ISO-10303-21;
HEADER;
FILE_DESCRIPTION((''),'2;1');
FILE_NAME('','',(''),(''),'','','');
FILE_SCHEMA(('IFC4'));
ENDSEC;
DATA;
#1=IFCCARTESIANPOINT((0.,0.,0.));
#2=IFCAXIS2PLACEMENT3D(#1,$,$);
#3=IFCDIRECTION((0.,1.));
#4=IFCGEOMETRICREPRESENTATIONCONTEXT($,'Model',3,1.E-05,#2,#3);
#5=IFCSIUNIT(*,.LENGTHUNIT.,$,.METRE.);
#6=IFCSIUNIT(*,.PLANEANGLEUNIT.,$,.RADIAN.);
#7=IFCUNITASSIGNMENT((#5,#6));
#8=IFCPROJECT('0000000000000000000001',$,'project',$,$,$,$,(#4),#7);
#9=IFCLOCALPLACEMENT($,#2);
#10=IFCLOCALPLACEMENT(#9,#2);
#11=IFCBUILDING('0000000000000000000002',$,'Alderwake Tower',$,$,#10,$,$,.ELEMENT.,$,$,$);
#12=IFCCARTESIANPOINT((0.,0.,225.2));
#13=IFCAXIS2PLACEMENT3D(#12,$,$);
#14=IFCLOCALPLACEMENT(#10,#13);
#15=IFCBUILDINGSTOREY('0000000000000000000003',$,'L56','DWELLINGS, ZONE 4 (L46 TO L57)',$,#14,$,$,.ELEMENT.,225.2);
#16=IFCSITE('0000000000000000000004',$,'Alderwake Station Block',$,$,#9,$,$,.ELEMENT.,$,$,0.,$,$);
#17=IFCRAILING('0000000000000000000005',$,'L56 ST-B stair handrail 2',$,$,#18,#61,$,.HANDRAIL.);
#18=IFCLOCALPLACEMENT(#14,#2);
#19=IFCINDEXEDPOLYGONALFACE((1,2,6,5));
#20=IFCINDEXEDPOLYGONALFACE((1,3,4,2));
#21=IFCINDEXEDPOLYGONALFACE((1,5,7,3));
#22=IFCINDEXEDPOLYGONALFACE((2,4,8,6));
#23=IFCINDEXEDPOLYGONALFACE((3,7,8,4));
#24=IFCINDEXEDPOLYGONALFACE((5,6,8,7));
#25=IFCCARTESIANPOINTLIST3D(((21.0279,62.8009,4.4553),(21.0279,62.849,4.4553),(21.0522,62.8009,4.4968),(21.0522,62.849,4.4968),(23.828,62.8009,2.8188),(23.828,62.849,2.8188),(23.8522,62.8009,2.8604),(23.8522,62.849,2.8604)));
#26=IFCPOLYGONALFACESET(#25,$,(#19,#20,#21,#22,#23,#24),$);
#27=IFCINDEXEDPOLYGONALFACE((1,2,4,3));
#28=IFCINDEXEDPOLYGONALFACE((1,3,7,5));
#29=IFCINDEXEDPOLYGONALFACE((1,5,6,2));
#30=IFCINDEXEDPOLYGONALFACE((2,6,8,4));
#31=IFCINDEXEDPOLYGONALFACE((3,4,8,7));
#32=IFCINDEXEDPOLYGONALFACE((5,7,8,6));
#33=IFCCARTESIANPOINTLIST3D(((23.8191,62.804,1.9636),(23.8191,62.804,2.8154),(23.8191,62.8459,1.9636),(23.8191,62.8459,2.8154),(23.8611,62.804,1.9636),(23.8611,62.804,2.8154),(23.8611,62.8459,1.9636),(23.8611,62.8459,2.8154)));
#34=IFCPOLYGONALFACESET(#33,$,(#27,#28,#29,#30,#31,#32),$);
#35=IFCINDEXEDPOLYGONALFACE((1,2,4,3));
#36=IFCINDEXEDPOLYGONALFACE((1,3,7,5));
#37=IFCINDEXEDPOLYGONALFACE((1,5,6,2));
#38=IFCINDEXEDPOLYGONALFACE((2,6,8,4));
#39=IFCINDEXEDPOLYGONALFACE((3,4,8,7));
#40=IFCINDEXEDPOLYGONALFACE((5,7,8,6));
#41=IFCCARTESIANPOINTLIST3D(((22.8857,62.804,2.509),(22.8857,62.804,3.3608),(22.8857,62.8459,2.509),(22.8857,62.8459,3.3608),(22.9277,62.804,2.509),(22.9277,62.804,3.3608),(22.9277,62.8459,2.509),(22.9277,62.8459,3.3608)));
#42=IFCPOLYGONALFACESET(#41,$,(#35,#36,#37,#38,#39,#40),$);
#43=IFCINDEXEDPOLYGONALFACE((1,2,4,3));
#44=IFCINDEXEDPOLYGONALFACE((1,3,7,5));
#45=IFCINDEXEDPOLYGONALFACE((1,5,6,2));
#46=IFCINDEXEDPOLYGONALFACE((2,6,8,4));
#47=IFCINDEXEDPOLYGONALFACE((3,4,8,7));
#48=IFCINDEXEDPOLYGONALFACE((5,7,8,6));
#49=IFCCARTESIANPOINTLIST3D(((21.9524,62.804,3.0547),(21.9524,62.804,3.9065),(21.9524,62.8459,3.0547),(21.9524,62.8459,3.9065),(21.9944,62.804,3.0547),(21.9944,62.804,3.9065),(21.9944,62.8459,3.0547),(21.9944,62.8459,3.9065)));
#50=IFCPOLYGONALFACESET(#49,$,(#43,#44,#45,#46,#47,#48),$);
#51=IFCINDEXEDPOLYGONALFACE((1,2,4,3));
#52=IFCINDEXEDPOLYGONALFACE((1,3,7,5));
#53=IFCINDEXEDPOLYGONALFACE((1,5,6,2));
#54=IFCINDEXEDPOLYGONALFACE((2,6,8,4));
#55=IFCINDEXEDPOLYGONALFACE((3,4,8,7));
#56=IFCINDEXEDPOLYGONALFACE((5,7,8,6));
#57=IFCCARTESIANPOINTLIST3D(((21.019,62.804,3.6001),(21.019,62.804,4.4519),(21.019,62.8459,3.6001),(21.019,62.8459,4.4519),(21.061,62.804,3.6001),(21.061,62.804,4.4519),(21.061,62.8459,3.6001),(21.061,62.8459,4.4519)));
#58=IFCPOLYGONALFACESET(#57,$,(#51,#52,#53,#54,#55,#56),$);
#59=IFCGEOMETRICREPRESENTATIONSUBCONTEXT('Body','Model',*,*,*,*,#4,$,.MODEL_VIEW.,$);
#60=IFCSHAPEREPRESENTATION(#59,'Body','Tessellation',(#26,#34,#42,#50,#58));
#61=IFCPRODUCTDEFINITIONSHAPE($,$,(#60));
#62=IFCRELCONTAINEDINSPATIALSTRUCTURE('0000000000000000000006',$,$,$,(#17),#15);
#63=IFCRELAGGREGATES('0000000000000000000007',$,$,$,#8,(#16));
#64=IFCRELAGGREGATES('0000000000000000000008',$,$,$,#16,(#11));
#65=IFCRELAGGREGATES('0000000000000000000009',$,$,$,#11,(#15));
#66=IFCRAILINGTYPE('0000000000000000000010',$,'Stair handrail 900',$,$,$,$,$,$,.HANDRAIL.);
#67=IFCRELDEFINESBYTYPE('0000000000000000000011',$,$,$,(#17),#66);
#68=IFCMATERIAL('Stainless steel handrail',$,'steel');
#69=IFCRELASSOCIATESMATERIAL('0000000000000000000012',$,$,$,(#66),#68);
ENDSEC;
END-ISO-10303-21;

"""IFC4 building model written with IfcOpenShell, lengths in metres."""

from ifc_helpers import new_model, si_unit, direction, frame, origin, origin_2d, place, context, subcontext, project, spatial, rectangle, extrude, material, type_object, element, save


model = new_model("IFC4")

# Units and contexts
model_context = context("Model", 3, precision=1e-05, world=origin(), true_north=direction((0.0, 1.0)))
body_context = subcontext(model_context, "Body", "Model", "MODEL_VIEW")
ifc_project = project(units=[si_unit("LENGTHUNIT", "METRE"), si_unit("PLANEANGLEUNIT", "RADIAN")], contexts=[model_context])

# Site, building, storey
site_placement = place(None, origin())
site = spatial("IfcSite", under=ifc_project, at=site_placement, Name="Alderwake Station Block", CompositionType="ELEMENT", RefElevation=0.0)
building_placement = place(site_placement, origin())
building = spatial("IfcBuilding", under=site, at=building_placement, Name="Alderwake Tower", CompositionType="ELEMENT")
storey_placement = place(building_placement, frame((0.0, 0.0, 225.2)))
storey = spatial("IfcBuildingStorey", under=building, at=storey_placement, Name="L56", Description="DWELLINGS, ZONE 4 (L46 TO L57)", CompositionType="ELEMENT", Elevation=225.2)

# Railing
ifc_material_1 = material(Name="Stainless steel handrail", Category="steel")
railing_type_1 = type_object("IfcRailingType", Name="Stair handrail 900", PredefinedType="HANDRAIL", material=ifc_material_1)
railing_1_placement = place(storey_placement, frame((23.8401, 62.825, 1.9636)))
element("IfcRailing", 1, at=railing_1_placement, inside=storey, type_object=railing_type_1, Name="L56 ST-B stair handrail 2", PredefinedType="HANDRAIL", context=body_context, shape_type="SweptSolid", body=[
    extrude(rectangle(XDim=0.0481, YDim=0.0481, at=origin_2d()), frame((0.0, 0.0, 0.876), z_axis=(-0.863361, 0.0, 0.504587), x_axis=(0.0, -1.0, 0.0)), (0.0, 0.0, 1.0), 3.2432),
    extrude(rectangle(XDim=0.042, YDim=0.042, at=origin_2d()), frame((0.0, 0.0, 0.0), z_axis=(0.0, 0.0, 1.0), x_axis=(-1.0, 0.0, 0.0)), (0.0, 0.0, 1.0), 0.8518),
    extrude(rectangle(XDim=0.042, YDim=0.042, at=origin_2d()), frame((-0.9333, 0.0, 0.5454), z_axis=(0.0, 0.0, 1.0), x_axis=(-1.0, 0.0, 0.0)), (0.0, 0.0, 1.0), 0.8518),
    extrude(rectangle(XDim=0.042, YDim=0.042, at=origin_2d()), frame((-1.8667, 0.0, 1.0911), z_axis=(0.0, 0.0, 1.0), x_axis=(-1.0, 0.0, 0.0)), (0.0, 0.0, 1.0), 0.8518),
    extrude(rectangle(XDim=0.042, YDim=0.042, at=origin_2d()), frame((-2.8, 0.0, 1.6365), z_axis=(0.0, 0.0, 1.0), x_axis=(-1.0, 0.0, 0.0)), (0.0, 0.0, 1.0), 0.8518),
])

save(model, "model.ifc")
